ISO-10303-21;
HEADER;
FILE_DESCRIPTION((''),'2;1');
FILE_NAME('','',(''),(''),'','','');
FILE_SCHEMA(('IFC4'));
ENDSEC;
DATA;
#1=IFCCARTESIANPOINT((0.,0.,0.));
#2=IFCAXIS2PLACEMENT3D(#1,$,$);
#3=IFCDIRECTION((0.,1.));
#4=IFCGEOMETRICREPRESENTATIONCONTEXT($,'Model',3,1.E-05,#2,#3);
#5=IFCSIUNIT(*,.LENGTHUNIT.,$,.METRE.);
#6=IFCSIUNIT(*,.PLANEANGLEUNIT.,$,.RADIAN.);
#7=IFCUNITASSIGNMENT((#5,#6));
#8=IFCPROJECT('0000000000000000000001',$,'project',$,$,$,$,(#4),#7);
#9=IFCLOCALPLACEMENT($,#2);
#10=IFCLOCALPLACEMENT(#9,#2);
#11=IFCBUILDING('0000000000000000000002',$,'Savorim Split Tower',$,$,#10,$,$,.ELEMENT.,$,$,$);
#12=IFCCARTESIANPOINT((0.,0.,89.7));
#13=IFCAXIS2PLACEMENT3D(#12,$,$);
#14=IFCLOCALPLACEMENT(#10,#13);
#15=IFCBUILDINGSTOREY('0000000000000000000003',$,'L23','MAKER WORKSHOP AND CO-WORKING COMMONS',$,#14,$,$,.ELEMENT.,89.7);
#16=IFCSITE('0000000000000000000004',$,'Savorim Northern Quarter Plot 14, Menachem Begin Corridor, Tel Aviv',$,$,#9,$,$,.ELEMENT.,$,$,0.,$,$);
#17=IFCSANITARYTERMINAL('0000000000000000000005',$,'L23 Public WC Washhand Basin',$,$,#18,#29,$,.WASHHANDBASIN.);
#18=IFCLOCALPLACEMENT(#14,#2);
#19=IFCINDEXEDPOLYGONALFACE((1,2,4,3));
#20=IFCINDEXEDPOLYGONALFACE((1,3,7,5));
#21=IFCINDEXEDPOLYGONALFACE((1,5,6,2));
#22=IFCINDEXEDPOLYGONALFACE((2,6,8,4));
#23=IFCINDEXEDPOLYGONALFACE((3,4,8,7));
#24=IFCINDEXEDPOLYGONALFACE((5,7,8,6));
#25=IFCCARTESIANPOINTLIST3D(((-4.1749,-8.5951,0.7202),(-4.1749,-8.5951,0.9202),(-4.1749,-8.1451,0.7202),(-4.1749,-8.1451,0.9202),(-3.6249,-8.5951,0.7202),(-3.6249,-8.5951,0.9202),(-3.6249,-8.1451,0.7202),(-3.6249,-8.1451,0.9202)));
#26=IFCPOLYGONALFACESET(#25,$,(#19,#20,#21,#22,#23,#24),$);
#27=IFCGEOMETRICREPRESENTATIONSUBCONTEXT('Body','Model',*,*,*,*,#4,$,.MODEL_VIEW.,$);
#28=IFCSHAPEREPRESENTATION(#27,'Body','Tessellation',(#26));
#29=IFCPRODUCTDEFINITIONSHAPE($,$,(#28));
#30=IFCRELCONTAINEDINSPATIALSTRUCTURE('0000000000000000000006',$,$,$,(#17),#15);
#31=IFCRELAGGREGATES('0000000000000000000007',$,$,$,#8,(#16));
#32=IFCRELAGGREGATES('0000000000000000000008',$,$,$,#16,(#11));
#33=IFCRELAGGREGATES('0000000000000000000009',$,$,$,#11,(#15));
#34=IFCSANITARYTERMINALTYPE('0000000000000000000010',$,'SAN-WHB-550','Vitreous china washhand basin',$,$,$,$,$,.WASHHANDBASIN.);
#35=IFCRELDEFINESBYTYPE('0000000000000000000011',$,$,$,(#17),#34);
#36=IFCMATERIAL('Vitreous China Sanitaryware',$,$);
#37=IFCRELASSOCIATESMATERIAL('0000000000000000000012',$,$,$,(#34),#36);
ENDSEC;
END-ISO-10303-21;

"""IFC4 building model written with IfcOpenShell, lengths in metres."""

from ifc_helpers import new_model, si_unit, direction, frame, origin, origin_2d, place, context, subcontext, project, spatial, rectangle, extrude, material, type_object, element, save


model = new_model("IFC4")

# Units and contexts
model_context = context("Model", 3, precision=1e-05, world=origin(), true_north=direction((0.0, 1.0)))
body_context = subcontext(model_context, "Body", "Model", "MODEL_VIEW")
ifc_project = project(units=[si_unit("LENGTHUNIT", "METRE"), si_unit("PLANEANGLEUNIT", "RADIAN")], contexts=[model_context])

# Site, building, storey
site_placement = place(None, origin())
site = spatial("IfcSite", under=ifc_project, at=site_placement, Name="Savorim Northern Quarter Plot 14, Menachem Begin Corridor, Tel Aviv", CompositionType="ELEMENT", RefElevation=0.0)
building_placement = place(site_placement, origin())
building = spatial("IfcBuilding", under=site, at=building_placement, Name="Savorim Split Tower", CompositionType="ELEMENT")
storey_placement = place(building_placement, frame((0.0, 0.0, 89.7)))
storey = spatial("IfcBuildingStorey", under=building, at=storey_placement, Name="L23", Description="MAKER WORKSHOP AND CO-WORKING COMMONS", CompositionType="ELEMENT", Elevation=89.7)

# Sanitary terminal
ifc_material_1 = material(Name="Vitreous China Sanitaryware")
sanitary_terminal_type_1 = type_object("IfcSanitaryTerminalType", Name="SAN-WHB-550", Description="Vitreous china washhand basin", PredefinedType="WASHHANDBASIN", material=ifc_material_1)
sanitary_terminal_1_placement = place(storey_placement, frame((-3.8999, -8.3701, 0.7202), z_axis=(0.0, 0.0, 1.0), x_axis=(1.0, 0.0, 0.0)))
element("IfcSanitaryTerminal", 1, at=sanitary_terminal_1_placement, inside=storey, type_object=sanitary_terminal_type_1, Name="L23 Public WC Washhand Basin", PredefinedType="WASHHANDBASIN", context=body_context, shape_type="SweptSolid", body=[
    extrude(rectangle(XDim=0.55, YDim=0.45, at=origin_2d()), origin(), (0.0, 0.0, 1.0), 0.2),
])

save(model, "model.ifc")
